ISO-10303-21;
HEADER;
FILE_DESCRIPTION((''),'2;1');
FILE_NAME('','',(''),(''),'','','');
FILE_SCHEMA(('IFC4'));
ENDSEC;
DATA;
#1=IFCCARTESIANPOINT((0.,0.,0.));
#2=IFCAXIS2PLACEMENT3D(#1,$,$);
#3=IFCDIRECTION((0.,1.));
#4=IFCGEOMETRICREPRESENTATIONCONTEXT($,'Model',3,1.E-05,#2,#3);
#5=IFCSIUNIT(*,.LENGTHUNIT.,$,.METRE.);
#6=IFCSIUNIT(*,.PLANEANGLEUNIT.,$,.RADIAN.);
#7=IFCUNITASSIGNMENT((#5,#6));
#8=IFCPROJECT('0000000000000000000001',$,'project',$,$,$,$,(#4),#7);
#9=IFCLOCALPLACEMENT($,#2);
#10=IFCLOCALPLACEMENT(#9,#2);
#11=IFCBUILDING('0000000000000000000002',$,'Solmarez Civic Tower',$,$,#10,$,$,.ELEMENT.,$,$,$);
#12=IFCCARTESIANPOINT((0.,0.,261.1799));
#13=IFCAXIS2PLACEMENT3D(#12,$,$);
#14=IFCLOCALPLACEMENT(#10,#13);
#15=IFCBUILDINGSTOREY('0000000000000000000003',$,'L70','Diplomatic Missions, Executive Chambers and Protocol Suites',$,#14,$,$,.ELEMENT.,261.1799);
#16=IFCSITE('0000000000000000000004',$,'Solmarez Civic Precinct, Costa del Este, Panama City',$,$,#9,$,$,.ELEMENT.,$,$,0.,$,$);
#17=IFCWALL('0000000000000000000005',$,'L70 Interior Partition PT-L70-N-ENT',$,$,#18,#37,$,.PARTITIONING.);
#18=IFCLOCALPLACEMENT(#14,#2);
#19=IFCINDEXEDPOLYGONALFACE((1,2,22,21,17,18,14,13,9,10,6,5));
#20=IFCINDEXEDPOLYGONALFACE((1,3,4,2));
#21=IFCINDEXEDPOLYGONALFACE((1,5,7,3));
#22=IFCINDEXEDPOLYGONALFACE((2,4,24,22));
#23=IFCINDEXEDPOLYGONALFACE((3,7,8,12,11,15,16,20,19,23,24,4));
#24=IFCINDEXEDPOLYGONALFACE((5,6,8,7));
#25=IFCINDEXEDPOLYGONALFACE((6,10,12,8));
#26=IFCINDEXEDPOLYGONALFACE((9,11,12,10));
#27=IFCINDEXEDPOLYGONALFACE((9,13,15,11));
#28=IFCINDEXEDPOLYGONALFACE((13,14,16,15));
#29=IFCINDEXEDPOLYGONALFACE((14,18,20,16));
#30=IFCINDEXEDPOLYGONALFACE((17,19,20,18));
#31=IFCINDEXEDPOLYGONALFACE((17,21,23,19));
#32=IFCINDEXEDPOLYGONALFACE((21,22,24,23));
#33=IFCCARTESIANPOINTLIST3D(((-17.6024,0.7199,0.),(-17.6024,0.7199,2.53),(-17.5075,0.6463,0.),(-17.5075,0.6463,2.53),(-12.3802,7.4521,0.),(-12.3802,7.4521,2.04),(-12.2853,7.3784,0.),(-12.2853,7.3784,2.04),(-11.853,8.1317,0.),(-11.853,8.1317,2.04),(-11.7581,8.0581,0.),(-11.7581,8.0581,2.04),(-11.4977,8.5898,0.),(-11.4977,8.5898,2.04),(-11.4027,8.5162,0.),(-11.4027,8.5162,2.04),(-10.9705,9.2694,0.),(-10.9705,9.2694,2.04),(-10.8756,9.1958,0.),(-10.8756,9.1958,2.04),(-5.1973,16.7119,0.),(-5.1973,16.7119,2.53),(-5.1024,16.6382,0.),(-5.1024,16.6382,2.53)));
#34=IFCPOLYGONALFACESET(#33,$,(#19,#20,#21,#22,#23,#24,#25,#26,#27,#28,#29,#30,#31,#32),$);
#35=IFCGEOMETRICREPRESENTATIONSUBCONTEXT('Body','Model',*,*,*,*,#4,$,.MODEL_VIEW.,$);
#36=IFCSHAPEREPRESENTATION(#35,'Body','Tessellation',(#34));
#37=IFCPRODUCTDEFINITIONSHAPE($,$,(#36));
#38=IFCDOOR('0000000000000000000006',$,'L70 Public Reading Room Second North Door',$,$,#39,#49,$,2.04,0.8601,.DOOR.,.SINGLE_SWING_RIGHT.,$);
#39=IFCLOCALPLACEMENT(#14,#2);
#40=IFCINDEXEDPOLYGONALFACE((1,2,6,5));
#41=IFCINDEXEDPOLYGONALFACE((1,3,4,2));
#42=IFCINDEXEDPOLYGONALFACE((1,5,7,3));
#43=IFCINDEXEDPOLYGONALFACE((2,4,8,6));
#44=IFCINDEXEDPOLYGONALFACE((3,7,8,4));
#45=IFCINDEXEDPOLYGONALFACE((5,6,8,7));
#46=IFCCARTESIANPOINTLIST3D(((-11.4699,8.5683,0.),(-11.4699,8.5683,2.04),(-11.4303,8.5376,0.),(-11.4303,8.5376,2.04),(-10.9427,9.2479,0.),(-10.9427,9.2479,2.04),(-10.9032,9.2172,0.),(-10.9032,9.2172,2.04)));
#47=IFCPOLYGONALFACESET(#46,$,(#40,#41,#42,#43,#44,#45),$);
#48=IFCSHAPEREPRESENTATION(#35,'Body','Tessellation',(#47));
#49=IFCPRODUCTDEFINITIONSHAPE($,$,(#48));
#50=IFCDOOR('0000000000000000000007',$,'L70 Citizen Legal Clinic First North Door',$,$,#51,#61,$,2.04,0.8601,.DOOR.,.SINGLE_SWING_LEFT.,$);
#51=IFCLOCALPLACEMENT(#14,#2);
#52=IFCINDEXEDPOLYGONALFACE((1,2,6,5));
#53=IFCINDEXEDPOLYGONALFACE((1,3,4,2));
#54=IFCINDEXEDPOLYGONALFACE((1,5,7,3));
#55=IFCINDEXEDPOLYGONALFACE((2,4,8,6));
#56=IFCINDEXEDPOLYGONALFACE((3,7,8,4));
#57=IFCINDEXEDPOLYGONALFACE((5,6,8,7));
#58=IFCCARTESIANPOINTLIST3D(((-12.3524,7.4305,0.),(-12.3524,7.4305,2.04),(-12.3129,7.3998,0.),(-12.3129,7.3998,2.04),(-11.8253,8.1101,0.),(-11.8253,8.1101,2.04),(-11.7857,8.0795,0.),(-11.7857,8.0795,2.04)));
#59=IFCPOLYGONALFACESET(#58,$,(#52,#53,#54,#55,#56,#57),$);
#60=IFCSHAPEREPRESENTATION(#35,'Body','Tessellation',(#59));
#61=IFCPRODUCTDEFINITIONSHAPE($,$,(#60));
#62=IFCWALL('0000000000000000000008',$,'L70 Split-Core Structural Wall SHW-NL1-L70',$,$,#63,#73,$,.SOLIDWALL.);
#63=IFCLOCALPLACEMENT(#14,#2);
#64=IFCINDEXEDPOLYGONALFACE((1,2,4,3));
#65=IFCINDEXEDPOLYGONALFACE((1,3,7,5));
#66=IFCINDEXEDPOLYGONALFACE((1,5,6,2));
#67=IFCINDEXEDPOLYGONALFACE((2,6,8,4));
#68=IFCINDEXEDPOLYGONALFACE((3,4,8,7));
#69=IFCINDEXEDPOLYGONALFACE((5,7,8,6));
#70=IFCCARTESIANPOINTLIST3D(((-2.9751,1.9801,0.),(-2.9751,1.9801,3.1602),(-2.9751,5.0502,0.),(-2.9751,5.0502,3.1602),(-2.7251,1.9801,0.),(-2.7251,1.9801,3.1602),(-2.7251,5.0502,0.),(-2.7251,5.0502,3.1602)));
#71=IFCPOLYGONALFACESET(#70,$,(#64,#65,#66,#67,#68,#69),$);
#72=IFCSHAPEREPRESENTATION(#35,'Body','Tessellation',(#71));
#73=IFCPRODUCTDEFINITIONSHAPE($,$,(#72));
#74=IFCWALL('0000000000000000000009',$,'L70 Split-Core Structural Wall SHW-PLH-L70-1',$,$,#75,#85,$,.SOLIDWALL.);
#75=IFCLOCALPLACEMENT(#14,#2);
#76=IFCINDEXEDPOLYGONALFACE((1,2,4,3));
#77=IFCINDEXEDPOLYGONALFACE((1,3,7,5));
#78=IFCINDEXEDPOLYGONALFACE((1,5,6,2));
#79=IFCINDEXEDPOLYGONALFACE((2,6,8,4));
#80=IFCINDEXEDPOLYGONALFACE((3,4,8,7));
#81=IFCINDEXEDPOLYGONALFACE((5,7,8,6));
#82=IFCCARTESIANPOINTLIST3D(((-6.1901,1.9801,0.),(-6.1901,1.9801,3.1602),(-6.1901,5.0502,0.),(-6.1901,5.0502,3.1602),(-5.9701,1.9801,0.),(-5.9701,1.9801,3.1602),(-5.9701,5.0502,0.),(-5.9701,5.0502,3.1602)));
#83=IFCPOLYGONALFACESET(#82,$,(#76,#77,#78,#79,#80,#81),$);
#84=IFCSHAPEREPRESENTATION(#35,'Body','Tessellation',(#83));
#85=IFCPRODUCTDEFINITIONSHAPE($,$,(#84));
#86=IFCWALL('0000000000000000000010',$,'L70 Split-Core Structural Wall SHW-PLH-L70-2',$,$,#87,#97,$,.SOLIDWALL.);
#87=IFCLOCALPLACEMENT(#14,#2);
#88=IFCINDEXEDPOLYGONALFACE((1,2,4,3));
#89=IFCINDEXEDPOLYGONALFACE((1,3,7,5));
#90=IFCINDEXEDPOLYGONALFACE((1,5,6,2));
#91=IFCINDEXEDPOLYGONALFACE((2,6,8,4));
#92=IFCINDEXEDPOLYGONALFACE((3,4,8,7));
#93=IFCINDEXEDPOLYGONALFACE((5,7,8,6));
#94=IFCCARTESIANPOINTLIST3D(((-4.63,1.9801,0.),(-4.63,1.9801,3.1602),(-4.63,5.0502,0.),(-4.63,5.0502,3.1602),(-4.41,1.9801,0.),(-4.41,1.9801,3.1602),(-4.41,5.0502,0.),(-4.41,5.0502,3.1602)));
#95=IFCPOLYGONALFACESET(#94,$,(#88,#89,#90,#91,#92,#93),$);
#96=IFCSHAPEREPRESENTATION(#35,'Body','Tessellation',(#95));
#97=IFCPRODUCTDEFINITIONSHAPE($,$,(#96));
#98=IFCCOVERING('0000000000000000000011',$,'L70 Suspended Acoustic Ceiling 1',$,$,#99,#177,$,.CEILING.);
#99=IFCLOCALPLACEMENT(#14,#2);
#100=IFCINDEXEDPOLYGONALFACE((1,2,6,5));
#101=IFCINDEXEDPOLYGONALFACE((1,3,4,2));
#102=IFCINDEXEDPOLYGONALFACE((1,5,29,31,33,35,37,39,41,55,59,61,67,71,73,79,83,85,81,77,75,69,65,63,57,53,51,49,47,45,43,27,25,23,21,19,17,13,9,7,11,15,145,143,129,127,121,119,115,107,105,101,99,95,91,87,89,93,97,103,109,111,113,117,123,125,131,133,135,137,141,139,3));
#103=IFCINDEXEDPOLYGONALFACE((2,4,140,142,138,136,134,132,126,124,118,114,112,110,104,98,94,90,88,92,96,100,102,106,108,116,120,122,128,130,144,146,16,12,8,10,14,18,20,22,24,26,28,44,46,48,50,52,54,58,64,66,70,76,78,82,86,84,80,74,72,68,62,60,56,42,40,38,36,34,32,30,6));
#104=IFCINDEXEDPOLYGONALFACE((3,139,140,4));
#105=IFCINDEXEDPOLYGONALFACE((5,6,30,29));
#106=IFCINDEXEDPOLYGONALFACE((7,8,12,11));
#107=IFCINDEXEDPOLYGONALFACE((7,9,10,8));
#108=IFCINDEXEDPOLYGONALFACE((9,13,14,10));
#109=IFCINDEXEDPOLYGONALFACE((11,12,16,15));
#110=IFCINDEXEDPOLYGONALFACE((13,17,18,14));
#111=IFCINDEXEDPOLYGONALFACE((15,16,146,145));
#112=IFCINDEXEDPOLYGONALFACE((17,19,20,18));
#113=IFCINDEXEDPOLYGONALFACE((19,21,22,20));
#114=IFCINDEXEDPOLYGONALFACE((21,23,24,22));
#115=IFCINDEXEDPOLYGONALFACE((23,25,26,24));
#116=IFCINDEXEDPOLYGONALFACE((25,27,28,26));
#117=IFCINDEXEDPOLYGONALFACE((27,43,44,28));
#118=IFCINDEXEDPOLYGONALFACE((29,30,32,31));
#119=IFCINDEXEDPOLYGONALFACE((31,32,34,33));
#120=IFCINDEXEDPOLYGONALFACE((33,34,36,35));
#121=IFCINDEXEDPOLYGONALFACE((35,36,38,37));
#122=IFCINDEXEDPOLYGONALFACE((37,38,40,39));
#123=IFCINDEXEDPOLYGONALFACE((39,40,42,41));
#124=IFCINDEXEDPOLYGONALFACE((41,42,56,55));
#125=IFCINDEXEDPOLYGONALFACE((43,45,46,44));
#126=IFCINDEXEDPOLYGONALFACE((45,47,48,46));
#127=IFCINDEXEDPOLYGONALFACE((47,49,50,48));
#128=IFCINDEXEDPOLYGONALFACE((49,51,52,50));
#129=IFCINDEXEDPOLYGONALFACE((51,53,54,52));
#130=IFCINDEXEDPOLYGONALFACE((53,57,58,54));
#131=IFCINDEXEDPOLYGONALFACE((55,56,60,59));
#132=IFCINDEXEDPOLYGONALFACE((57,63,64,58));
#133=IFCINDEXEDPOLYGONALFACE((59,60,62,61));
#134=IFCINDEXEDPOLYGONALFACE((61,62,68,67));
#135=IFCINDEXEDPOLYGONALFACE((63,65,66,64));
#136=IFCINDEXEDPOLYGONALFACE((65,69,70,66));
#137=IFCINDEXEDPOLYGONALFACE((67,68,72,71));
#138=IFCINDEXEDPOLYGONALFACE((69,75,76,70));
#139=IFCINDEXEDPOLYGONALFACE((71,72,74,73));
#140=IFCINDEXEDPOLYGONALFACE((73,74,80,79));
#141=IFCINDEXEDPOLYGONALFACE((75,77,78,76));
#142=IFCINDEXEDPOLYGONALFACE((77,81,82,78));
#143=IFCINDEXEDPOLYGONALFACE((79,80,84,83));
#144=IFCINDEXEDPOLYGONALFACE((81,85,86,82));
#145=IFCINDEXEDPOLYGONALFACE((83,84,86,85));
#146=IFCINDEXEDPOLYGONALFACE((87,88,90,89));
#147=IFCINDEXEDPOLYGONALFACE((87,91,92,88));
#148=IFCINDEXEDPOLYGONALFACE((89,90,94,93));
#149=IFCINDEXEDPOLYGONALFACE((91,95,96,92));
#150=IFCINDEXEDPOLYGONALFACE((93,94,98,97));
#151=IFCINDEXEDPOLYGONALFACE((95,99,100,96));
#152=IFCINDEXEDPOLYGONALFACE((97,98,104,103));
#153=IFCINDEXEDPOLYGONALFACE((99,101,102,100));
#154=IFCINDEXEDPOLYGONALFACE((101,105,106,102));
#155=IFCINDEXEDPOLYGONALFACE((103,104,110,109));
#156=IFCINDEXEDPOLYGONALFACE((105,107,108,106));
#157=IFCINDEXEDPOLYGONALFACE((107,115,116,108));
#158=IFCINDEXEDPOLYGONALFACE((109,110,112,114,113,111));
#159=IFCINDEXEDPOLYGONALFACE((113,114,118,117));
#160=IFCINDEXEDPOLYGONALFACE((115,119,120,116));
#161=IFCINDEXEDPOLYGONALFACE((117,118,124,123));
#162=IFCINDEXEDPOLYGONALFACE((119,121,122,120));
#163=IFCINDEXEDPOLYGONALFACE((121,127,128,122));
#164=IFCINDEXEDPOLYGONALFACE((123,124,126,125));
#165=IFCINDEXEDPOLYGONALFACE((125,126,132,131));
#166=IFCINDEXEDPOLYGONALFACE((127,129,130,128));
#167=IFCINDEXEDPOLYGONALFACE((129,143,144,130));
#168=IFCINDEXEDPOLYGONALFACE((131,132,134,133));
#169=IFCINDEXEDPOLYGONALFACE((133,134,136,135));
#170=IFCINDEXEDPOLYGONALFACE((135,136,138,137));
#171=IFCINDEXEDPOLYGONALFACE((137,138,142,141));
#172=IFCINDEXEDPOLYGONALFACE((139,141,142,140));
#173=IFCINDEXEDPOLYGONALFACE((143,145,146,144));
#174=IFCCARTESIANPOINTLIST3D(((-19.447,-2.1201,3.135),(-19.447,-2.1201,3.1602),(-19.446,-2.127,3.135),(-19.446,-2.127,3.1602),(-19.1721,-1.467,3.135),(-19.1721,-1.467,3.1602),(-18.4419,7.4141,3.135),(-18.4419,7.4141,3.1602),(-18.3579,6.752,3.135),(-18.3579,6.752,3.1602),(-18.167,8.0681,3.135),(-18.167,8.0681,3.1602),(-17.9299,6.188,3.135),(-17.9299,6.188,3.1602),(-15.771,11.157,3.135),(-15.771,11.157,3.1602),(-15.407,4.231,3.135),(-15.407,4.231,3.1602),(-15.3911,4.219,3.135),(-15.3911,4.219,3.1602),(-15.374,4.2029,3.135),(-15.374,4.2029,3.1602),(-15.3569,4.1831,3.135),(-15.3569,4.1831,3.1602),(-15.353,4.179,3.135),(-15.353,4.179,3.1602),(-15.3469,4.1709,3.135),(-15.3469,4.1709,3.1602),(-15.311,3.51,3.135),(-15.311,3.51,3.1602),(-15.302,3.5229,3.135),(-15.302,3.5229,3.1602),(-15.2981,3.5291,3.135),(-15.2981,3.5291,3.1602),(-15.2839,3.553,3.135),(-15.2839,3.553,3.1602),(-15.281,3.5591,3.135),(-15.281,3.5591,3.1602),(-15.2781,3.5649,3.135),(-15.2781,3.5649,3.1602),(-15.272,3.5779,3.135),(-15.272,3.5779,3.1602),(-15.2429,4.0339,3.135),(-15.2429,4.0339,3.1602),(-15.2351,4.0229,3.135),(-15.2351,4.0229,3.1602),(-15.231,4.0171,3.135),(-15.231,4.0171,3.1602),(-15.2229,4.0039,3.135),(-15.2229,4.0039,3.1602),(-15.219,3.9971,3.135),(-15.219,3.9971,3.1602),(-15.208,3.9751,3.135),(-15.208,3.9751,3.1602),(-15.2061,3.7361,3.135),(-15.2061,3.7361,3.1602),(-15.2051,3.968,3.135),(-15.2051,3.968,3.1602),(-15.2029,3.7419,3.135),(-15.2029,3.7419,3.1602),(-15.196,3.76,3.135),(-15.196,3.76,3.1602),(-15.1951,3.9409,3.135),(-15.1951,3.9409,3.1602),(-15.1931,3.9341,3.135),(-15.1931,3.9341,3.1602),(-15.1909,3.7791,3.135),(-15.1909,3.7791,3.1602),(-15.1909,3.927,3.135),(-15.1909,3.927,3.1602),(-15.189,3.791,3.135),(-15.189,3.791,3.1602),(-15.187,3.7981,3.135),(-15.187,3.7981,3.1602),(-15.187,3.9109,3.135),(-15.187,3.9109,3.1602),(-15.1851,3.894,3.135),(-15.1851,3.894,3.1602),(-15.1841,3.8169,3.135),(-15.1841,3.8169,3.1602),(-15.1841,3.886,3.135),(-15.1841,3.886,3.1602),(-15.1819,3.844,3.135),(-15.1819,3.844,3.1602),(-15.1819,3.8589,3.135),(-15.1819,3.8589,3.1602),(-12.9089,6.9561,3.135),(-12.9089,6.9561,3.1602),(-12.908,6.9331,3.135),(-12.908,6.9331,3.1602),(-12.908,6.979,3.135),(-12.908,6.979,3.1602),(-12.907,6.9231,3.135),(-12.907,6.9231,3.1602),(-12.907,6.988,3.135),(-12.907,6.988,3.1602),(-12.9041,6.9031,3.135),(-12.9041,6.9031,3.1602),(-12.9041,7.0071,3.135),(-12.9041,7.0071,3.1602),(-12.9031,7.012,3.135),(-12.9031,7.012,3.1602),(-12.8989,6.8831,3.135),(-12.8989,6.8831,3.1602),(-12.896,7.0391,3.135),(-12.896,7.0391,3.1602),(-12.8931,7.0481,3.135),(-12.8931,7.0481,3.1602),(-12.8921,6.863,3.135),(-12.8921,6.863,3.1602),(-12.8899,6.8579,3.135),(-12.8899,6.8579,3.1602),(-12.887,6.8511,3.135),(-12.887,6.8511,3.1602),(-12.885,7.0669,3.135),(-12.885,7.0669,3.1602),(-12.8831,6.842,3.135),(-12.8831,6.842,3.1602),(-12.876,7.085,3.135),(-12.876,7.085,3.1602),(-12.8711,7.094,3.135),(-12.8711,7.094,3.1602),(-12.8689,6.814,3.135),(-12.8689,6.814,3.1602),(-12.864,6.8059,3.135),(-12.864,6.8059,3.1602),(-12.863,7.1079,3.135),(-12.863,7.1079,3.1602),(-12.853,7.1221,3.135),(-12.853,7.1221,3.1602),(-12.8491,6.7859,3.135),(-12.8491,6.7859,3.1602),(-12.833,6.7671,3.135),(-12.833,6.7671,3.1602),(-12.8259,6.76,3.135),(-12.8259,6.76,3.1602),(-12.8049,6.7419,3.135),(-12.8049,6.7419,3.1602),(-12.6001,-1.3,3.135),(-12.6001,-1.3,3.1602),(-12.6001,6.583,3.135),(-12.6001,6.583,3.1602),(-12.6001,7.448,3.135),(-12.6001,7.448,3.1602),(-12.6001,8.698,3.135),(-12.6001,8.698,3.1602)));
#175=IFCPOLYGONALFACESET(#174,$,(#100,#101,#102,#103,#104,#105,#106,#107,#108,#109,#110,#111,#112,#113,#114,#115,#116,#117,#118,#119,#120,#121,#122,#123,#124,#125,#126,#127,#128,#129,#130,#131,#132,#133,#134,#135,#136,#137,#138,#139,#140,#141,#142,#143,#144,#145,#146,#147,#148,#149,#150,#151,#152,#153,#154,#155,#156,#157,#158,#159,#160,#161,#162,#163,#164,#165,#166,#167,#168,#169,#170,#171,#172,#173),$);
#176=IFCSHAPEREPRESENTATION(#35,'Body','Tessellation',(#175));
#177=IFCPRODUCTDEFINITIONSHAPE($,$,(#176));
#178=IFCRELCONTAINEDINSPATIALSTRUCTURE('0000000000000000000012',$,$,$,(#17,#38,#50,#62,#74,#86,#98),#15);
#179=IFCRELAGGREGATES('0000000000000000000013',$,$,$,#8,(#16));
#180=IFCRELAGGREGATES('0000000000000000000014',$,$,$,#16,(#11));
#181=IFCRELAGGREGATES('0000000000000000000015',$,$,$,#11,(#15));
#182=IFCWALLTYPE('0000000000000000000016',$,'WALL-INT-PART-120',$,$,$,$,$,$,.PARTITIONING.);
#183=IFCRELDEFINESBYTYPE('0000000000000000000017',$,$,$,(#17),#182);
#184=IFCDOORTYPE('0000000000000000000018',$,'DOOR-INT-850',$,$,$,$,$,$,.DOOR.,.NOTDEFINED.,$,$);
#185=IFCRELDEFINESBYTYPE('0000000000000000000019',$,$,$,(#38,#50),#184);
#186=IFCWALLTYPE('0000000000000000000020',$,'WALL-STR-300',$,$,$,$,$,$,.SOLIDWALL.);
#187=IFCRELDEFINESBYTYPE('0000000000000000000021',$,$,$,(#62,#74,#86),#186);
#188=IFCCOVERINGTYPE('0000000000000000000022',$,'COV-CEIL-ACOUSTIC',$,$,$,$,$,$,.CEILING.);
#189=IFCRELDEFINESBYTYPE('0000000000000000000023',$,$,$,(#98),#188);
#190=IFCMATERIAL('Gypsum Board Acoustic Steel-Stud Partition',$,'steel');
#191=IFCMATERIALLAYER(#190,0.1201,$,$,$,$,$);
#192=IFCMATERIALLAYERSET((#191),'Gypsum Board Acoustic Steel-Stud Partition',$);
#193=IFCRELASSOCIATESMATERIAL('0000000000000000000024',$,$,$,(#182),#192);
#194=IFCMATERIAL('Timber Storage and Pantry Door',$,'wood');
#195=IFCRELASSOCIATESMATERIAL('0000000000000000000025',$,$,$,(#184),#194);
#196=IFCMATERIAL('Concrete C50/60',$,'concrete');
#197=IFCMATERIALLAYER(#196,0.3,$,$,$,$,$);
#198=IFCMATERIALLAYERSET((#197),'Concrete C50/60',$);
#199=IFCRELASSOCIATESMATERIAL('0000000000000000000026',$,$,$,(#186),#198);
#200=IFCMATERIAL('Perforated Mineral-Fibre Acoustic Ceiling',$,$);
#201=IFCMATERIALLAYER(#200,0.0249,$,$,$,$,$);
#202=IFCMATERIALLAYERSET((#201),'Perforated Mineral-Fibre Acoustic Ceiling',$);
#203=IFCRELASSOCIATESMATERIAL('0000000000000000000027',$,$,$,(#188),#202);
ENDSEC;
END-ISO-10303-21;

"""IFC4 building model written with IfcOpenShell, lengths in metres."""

from ifc_helpers import new_model, si_unit, direction, frame, frame_2d, origin, place, context, subcontext, project, spatial, polyline, rectangle, outline, extrude, material, layer, layer_set, type_object, element, fill, save


model = new_model("IFC4")

# Units and contexts
model_context = context("Model", 3, precision=1e-05, world=origin(), true_north=direction((0.0, 1.0)))
body_context = subcontext(model_context, "Body", "Model", "MODEL_VIEW")
ifc_project = project(units=[si_unit("LENGTHUNIT", "METRE"), si_unit("PLANEANGLEUNIT", "RADIAN")], contexts=[model_context])

# Site, building, storey
site_placement = place(None, origin())
site = spatial("IfcSite", under=ifc_project, at=site_placement, Name="Solmarez Civic Precinct, Costa del Este, Panama City", CompositionType="ELEMENT", RefElevation=0.0)
building_placement = place(site_placement, origin())
building = spatial("IfcBuilding", under=site, at=building_placement, Name="Solmarez Civic Tower", CompositionType="ELEMENT")
storey_placement = place(building_placement, frame((0.0, 0.0, 261.1799)))
storey = spatial("IfcBuildingStorey", under=building, at=storey_placement, Name="L70", Description="Diplomatic Missions, Executive Chambers and Protocol Suites", CompositionType="ELEMENT", Elevation=261.1799)

# Shared definitions
ifc_material_1 = material(Name="Concrete C50/60", Category="concrete")

# Shared definitions
ifc_material_2 = material(Name="Gypsum Board Acoustic Steel-Stud Partition", Category="steel")
ifc_layer_1 = layer(ifc_material_2, 0.1201)
ifc_layer_set_1 = layer_set([ifc_layer_1], Name="Gypsum Board Acoustic Steel-Stud Partition")
wall_type_1 = type_object("IfcWallType", Name="WALL-INT-PART-120", PredefinedType="PARTITIONING", material=ifc_layer_set_1)

# Wall, openings, doors
wall_1_placement = place(storey_placement, frame((-17.5549, 0.6831, 0.0), z_axis=(0.0, 0.0, 1.0), x_axis=(0.61292, 0.790145, 0.0)))
wall_1 = element("IfcWall", 1, at=wall_1_placement, inside=storey, type_object=wall_type_1, Name="L70 Interior Partition PT-L70-N-ENT", PredefinedType="PARTITIONING", context=body_context, shape_type="SweptSolid", body=[
    extrude(rectangle(XDim=20.2393, YDim=0.1201, at=frame_2d((10.1196, 0.0))), origin(), (0.0, 0.0, 1.0), 2.53),
])
opening_1_placement = place(wall_1_placement, frame((9.96, 0.0, 0.0)))
opening_1 = element("IfcOpeningElement", 2, at=opening_1_placement, cuts=wall_1, PredefinedType="OPENING", context=body_context, shape_type="SweptSolid", body=[
    extrude(rectangle(XDim=0.8601, YDim=2.04, at=frame_2d((0.4302, 1.02))), frame((0.0, 0.0701, 0.0), z_axis=(0.0, -1.0, 0.0), x_axis=(1.0, 0.0, 0.0)), (0.0, 0.0, 1.0), 0.1401),
])
opening_2_placement = place(wall_1_placement, frame((8.52, 0.0, 0.0)))
opening_2 = element("IfcOpeningElement", 3, at=opening_2_placement, cuts=wall_1, PredefinedType="OPENING", context=body_context, shape_type="SweptSolid", body=[
    extrude(rectangle(XDim=0.8601, YDim=2.04, at=frame_2d((0.4302, 1.02))), frame((0.0, 0.0701, 0.0), z_axis=(0.0, -1.0, 0.0), x_axis=(1.0, 0.0, 0.0)), (0.0, 0.0, 1.0), 0.1401),
])
ifc_material_3 = material(Name="Timber Storage and Pantry Door", Category="wood")
door_type_1 = type_object("IfcDoorType", Name="DOOR-INT-850", OperationType="NOTDEFINED", PredefinedType="DOOR", material=ifc_material_3)
door_1_placement = place(opening_1_placement, origin())
door_1 = element("IfcDoor", 4, at=door_1_placement, inside=storey, type_object=door_type_1, Name="L70 Public Reading Room Second North Door", OperationType="SINGLE_SWING_RIGHT", OverallHeight=2.04, OverallWidth=0.8601, PredefinedType="DOOR", context=body_context, shape_type="SweptSolid", body=[
    extrude(rectangle(XDim=0.8601, YDim=2.04, at=frame_2d((0.4302, 1.02))), frame((0.0, 0.0249, 0.0), z_axis=(0.0, -1.0, 0.0), x_axis=(1.0, 0.0, 0.0)), (0.0, 0.0, 1.0), 0.05),
])
fill(opening_1, door_1)
door_2_placement = place(opening_2_placement, origin())
door_2 = element("IfcDoor", 5, at=door_2_placement, inside=storey, type_object=door_type_1, Name="L70 Citizen Legal Clinic First North Door", OperationType="SINGLE_SWING_LEFT", OverallHeight=2.04, OverallWidth=0.8601, PredefinedType="DOOR", context=body_context, shape_type="SweptSolid", body=[
    extrude(rectangle(XDim=0.8601, YDim=2.04, at=frame_2d((0.4302, 1.02))), frame((0.0, 0.0249, 0.0), z_axis=(0.0, -1.0, 0.0), x_axis=(1.0, 0.0, 0.0)), (0.0, 0.0, 1.0), 0.05),
])
fill(opening_2, door_2)

# Walls
ifc_layer_2 = layer(ifc_material_1, 0.3)
ifc_layer_set_2 = layer_set([ifc_layer_2], Name="Concrete C50/60")
wall_type_2 = type_object("IfcWallType", Name="WALL-STR-300", PredefinedType="SOLIDWALL", material=ifc_layer_set_2)
wall_2_placement = place(storey_placement, frame((-2.8501, 1.98, 0.0), z_axis=(0.0, 0.0, 1.0), x_axis=(0.0, 1.0, 0.0)))
element("IfcWall", 6, at=wall_2_placement, inside=storey, type_object=wall_type_2, Name="L70 Split-Core Structural Wall SHW-NL1-L70", PredefinedType="SOLIDWALL", context=body_context, shape_type="SweptSolid", body=[
    extrude(rectangle(XDim=3.0701, YDim=0.25, at=frame_2d((1.5352, 0.0))), origin(), (0.0, 0.0, 1.0), 3.1602),
])
for number, where, z_axis, x_axis, name in (
    (7, (-6.0801, 1.98, 0.0), (0.0, 0.0, 1.0), (0.0, 1.0, 0.0), "L70 Split-Core Structural Wall SHW-PLH-L70-1"),
    (8, (-4.52, 1.98, 0.0), (0.0, 0.0, 1.0), (0.0, 1.0, 0.0), "L70 Split-Core Structural Wall SHW-PLH-L70-2"),
):
    element("IfcWall", number, at=place(storey_placement, frame(where, z_axis=z_axis, x_axis=x_axis)), inside=storey, type_object=wall_type_2, Name=name, PredefinedType="SOLIDWALL", context=body_context, shape_type="SweptSolid", body=[
        extrude(rectangle(XDim=3.0701, YDim=0.22, at=frame_2d((1.5352, 0.0))), origin(), (0.0, 0.0, 1.0), 3.1602),
    ])

# Covering
ifc_material_4 = material(Name="Perforated Mineral-Fibre Acoustic Ceiling")
ifc_layer_3 = layer(ifc_material_4, 0.0249)
ifc_layer_set_3 = layer_set([ifc_layer_3], Name="Perforated Mineral-Fibre Acoustic Ceiling")
covering_type_1 = type_object("IfcCoveringType", Name="COV-CEIL-ACOUSTIC", PredefinedType="CEILING", material=ifc_layer_set_3)
covering_1_placement = place(storey_placement, frame((0.0, 0.0, 3.135)))
element("IfcCovering", 9, at=covering_1_placement, inside=storey, type_object=covering_type_1, Name="L70 Suspended Acoustic Ceiling 1", PredefinedType="CEILING", context=body_context, shape_type="SweptSolid", body=[
    extrude(outline(polyline([(-15.407, 4.231), (-15.3911, 4.219), (-15.374, 4.2029), (-15.3569, 4.1831), (-15.353, 4.179), (-15.3469, 4.1709), (-15.2429, 4.0339), (-15.2351, 4.0229), (-15.231, 4.0171), (-15.2229, 4.0039), (-15.219, 3.9971), (-15.208, 3.9751), (-15.2051, 3.968), (-15.1951, 3.9409), (-15.1931, 3.9341), (-15.1909, 3.927), (-15.187, 3.9109), (-15.1851, 3.894), (-15.1841, 3.886), (-15.1819, 3.8589), (-15.1819, 3.844), (-15.1841, 3.8169), (-15.187, 3.7981), (-15.189, 3.791), (-15.1909, 3.7791), (-15.196, 3.76), (-15.2029, 3.7419), (-15.2061, 3.7361), (-15.272, 3.5779), (-15.2781, 3.5649), (-15.281, 3.5591), (-15.2839, 3.553), (-15.2981, 3.5291), (-15.302, 3.5229), (-15.311, 3.51), (-19.1721, -1.467), (-19.447, -2.1201), (-19.446, -2.127), (-12.6001, -1.3), (-12.6001, 6.583), (-12.8049, 6.7419), (-12.8259, 6.76), (-12.833, 6.7671), (-12.8491, 6.7859), (-12.864, 6.8059), (-12.8689, 6.814), (-12.8831, 6.842), (-12.887, 6.8511), (-12.8899, 6.8579), (-12.8921, 6.863), (-12.8989, 6.8831), (-12.9041, 6.9031), (-12.907, 6.9231), (-12.908, 6.9331), (-12.9089, 6.9561), (-12.908, 6.979), (-12.907, 6.988), (-12.9041, 7.0071), (-12.9031, 7.012), (-12.896, 7.0391), (-12.8931, 7.0481), (-12.885, 7.0669), (-12.876, 7.085), (-12.8711, 7.094), (-12.863, 7.1079), (-12.853, 7.1221), (-12.6001, 7.448), (-12.6001, 8.698), (-15.771, 11.157), (-18.167, 8.0681), (-18.4419, 7.4141), (-18.3579, 6.752), (-17.9299, 6.188), (-15.407, 4.231)])), origin(), (0.0, 0.0, 1.0), 0.0251),
])

save(model, "model.ifc")
